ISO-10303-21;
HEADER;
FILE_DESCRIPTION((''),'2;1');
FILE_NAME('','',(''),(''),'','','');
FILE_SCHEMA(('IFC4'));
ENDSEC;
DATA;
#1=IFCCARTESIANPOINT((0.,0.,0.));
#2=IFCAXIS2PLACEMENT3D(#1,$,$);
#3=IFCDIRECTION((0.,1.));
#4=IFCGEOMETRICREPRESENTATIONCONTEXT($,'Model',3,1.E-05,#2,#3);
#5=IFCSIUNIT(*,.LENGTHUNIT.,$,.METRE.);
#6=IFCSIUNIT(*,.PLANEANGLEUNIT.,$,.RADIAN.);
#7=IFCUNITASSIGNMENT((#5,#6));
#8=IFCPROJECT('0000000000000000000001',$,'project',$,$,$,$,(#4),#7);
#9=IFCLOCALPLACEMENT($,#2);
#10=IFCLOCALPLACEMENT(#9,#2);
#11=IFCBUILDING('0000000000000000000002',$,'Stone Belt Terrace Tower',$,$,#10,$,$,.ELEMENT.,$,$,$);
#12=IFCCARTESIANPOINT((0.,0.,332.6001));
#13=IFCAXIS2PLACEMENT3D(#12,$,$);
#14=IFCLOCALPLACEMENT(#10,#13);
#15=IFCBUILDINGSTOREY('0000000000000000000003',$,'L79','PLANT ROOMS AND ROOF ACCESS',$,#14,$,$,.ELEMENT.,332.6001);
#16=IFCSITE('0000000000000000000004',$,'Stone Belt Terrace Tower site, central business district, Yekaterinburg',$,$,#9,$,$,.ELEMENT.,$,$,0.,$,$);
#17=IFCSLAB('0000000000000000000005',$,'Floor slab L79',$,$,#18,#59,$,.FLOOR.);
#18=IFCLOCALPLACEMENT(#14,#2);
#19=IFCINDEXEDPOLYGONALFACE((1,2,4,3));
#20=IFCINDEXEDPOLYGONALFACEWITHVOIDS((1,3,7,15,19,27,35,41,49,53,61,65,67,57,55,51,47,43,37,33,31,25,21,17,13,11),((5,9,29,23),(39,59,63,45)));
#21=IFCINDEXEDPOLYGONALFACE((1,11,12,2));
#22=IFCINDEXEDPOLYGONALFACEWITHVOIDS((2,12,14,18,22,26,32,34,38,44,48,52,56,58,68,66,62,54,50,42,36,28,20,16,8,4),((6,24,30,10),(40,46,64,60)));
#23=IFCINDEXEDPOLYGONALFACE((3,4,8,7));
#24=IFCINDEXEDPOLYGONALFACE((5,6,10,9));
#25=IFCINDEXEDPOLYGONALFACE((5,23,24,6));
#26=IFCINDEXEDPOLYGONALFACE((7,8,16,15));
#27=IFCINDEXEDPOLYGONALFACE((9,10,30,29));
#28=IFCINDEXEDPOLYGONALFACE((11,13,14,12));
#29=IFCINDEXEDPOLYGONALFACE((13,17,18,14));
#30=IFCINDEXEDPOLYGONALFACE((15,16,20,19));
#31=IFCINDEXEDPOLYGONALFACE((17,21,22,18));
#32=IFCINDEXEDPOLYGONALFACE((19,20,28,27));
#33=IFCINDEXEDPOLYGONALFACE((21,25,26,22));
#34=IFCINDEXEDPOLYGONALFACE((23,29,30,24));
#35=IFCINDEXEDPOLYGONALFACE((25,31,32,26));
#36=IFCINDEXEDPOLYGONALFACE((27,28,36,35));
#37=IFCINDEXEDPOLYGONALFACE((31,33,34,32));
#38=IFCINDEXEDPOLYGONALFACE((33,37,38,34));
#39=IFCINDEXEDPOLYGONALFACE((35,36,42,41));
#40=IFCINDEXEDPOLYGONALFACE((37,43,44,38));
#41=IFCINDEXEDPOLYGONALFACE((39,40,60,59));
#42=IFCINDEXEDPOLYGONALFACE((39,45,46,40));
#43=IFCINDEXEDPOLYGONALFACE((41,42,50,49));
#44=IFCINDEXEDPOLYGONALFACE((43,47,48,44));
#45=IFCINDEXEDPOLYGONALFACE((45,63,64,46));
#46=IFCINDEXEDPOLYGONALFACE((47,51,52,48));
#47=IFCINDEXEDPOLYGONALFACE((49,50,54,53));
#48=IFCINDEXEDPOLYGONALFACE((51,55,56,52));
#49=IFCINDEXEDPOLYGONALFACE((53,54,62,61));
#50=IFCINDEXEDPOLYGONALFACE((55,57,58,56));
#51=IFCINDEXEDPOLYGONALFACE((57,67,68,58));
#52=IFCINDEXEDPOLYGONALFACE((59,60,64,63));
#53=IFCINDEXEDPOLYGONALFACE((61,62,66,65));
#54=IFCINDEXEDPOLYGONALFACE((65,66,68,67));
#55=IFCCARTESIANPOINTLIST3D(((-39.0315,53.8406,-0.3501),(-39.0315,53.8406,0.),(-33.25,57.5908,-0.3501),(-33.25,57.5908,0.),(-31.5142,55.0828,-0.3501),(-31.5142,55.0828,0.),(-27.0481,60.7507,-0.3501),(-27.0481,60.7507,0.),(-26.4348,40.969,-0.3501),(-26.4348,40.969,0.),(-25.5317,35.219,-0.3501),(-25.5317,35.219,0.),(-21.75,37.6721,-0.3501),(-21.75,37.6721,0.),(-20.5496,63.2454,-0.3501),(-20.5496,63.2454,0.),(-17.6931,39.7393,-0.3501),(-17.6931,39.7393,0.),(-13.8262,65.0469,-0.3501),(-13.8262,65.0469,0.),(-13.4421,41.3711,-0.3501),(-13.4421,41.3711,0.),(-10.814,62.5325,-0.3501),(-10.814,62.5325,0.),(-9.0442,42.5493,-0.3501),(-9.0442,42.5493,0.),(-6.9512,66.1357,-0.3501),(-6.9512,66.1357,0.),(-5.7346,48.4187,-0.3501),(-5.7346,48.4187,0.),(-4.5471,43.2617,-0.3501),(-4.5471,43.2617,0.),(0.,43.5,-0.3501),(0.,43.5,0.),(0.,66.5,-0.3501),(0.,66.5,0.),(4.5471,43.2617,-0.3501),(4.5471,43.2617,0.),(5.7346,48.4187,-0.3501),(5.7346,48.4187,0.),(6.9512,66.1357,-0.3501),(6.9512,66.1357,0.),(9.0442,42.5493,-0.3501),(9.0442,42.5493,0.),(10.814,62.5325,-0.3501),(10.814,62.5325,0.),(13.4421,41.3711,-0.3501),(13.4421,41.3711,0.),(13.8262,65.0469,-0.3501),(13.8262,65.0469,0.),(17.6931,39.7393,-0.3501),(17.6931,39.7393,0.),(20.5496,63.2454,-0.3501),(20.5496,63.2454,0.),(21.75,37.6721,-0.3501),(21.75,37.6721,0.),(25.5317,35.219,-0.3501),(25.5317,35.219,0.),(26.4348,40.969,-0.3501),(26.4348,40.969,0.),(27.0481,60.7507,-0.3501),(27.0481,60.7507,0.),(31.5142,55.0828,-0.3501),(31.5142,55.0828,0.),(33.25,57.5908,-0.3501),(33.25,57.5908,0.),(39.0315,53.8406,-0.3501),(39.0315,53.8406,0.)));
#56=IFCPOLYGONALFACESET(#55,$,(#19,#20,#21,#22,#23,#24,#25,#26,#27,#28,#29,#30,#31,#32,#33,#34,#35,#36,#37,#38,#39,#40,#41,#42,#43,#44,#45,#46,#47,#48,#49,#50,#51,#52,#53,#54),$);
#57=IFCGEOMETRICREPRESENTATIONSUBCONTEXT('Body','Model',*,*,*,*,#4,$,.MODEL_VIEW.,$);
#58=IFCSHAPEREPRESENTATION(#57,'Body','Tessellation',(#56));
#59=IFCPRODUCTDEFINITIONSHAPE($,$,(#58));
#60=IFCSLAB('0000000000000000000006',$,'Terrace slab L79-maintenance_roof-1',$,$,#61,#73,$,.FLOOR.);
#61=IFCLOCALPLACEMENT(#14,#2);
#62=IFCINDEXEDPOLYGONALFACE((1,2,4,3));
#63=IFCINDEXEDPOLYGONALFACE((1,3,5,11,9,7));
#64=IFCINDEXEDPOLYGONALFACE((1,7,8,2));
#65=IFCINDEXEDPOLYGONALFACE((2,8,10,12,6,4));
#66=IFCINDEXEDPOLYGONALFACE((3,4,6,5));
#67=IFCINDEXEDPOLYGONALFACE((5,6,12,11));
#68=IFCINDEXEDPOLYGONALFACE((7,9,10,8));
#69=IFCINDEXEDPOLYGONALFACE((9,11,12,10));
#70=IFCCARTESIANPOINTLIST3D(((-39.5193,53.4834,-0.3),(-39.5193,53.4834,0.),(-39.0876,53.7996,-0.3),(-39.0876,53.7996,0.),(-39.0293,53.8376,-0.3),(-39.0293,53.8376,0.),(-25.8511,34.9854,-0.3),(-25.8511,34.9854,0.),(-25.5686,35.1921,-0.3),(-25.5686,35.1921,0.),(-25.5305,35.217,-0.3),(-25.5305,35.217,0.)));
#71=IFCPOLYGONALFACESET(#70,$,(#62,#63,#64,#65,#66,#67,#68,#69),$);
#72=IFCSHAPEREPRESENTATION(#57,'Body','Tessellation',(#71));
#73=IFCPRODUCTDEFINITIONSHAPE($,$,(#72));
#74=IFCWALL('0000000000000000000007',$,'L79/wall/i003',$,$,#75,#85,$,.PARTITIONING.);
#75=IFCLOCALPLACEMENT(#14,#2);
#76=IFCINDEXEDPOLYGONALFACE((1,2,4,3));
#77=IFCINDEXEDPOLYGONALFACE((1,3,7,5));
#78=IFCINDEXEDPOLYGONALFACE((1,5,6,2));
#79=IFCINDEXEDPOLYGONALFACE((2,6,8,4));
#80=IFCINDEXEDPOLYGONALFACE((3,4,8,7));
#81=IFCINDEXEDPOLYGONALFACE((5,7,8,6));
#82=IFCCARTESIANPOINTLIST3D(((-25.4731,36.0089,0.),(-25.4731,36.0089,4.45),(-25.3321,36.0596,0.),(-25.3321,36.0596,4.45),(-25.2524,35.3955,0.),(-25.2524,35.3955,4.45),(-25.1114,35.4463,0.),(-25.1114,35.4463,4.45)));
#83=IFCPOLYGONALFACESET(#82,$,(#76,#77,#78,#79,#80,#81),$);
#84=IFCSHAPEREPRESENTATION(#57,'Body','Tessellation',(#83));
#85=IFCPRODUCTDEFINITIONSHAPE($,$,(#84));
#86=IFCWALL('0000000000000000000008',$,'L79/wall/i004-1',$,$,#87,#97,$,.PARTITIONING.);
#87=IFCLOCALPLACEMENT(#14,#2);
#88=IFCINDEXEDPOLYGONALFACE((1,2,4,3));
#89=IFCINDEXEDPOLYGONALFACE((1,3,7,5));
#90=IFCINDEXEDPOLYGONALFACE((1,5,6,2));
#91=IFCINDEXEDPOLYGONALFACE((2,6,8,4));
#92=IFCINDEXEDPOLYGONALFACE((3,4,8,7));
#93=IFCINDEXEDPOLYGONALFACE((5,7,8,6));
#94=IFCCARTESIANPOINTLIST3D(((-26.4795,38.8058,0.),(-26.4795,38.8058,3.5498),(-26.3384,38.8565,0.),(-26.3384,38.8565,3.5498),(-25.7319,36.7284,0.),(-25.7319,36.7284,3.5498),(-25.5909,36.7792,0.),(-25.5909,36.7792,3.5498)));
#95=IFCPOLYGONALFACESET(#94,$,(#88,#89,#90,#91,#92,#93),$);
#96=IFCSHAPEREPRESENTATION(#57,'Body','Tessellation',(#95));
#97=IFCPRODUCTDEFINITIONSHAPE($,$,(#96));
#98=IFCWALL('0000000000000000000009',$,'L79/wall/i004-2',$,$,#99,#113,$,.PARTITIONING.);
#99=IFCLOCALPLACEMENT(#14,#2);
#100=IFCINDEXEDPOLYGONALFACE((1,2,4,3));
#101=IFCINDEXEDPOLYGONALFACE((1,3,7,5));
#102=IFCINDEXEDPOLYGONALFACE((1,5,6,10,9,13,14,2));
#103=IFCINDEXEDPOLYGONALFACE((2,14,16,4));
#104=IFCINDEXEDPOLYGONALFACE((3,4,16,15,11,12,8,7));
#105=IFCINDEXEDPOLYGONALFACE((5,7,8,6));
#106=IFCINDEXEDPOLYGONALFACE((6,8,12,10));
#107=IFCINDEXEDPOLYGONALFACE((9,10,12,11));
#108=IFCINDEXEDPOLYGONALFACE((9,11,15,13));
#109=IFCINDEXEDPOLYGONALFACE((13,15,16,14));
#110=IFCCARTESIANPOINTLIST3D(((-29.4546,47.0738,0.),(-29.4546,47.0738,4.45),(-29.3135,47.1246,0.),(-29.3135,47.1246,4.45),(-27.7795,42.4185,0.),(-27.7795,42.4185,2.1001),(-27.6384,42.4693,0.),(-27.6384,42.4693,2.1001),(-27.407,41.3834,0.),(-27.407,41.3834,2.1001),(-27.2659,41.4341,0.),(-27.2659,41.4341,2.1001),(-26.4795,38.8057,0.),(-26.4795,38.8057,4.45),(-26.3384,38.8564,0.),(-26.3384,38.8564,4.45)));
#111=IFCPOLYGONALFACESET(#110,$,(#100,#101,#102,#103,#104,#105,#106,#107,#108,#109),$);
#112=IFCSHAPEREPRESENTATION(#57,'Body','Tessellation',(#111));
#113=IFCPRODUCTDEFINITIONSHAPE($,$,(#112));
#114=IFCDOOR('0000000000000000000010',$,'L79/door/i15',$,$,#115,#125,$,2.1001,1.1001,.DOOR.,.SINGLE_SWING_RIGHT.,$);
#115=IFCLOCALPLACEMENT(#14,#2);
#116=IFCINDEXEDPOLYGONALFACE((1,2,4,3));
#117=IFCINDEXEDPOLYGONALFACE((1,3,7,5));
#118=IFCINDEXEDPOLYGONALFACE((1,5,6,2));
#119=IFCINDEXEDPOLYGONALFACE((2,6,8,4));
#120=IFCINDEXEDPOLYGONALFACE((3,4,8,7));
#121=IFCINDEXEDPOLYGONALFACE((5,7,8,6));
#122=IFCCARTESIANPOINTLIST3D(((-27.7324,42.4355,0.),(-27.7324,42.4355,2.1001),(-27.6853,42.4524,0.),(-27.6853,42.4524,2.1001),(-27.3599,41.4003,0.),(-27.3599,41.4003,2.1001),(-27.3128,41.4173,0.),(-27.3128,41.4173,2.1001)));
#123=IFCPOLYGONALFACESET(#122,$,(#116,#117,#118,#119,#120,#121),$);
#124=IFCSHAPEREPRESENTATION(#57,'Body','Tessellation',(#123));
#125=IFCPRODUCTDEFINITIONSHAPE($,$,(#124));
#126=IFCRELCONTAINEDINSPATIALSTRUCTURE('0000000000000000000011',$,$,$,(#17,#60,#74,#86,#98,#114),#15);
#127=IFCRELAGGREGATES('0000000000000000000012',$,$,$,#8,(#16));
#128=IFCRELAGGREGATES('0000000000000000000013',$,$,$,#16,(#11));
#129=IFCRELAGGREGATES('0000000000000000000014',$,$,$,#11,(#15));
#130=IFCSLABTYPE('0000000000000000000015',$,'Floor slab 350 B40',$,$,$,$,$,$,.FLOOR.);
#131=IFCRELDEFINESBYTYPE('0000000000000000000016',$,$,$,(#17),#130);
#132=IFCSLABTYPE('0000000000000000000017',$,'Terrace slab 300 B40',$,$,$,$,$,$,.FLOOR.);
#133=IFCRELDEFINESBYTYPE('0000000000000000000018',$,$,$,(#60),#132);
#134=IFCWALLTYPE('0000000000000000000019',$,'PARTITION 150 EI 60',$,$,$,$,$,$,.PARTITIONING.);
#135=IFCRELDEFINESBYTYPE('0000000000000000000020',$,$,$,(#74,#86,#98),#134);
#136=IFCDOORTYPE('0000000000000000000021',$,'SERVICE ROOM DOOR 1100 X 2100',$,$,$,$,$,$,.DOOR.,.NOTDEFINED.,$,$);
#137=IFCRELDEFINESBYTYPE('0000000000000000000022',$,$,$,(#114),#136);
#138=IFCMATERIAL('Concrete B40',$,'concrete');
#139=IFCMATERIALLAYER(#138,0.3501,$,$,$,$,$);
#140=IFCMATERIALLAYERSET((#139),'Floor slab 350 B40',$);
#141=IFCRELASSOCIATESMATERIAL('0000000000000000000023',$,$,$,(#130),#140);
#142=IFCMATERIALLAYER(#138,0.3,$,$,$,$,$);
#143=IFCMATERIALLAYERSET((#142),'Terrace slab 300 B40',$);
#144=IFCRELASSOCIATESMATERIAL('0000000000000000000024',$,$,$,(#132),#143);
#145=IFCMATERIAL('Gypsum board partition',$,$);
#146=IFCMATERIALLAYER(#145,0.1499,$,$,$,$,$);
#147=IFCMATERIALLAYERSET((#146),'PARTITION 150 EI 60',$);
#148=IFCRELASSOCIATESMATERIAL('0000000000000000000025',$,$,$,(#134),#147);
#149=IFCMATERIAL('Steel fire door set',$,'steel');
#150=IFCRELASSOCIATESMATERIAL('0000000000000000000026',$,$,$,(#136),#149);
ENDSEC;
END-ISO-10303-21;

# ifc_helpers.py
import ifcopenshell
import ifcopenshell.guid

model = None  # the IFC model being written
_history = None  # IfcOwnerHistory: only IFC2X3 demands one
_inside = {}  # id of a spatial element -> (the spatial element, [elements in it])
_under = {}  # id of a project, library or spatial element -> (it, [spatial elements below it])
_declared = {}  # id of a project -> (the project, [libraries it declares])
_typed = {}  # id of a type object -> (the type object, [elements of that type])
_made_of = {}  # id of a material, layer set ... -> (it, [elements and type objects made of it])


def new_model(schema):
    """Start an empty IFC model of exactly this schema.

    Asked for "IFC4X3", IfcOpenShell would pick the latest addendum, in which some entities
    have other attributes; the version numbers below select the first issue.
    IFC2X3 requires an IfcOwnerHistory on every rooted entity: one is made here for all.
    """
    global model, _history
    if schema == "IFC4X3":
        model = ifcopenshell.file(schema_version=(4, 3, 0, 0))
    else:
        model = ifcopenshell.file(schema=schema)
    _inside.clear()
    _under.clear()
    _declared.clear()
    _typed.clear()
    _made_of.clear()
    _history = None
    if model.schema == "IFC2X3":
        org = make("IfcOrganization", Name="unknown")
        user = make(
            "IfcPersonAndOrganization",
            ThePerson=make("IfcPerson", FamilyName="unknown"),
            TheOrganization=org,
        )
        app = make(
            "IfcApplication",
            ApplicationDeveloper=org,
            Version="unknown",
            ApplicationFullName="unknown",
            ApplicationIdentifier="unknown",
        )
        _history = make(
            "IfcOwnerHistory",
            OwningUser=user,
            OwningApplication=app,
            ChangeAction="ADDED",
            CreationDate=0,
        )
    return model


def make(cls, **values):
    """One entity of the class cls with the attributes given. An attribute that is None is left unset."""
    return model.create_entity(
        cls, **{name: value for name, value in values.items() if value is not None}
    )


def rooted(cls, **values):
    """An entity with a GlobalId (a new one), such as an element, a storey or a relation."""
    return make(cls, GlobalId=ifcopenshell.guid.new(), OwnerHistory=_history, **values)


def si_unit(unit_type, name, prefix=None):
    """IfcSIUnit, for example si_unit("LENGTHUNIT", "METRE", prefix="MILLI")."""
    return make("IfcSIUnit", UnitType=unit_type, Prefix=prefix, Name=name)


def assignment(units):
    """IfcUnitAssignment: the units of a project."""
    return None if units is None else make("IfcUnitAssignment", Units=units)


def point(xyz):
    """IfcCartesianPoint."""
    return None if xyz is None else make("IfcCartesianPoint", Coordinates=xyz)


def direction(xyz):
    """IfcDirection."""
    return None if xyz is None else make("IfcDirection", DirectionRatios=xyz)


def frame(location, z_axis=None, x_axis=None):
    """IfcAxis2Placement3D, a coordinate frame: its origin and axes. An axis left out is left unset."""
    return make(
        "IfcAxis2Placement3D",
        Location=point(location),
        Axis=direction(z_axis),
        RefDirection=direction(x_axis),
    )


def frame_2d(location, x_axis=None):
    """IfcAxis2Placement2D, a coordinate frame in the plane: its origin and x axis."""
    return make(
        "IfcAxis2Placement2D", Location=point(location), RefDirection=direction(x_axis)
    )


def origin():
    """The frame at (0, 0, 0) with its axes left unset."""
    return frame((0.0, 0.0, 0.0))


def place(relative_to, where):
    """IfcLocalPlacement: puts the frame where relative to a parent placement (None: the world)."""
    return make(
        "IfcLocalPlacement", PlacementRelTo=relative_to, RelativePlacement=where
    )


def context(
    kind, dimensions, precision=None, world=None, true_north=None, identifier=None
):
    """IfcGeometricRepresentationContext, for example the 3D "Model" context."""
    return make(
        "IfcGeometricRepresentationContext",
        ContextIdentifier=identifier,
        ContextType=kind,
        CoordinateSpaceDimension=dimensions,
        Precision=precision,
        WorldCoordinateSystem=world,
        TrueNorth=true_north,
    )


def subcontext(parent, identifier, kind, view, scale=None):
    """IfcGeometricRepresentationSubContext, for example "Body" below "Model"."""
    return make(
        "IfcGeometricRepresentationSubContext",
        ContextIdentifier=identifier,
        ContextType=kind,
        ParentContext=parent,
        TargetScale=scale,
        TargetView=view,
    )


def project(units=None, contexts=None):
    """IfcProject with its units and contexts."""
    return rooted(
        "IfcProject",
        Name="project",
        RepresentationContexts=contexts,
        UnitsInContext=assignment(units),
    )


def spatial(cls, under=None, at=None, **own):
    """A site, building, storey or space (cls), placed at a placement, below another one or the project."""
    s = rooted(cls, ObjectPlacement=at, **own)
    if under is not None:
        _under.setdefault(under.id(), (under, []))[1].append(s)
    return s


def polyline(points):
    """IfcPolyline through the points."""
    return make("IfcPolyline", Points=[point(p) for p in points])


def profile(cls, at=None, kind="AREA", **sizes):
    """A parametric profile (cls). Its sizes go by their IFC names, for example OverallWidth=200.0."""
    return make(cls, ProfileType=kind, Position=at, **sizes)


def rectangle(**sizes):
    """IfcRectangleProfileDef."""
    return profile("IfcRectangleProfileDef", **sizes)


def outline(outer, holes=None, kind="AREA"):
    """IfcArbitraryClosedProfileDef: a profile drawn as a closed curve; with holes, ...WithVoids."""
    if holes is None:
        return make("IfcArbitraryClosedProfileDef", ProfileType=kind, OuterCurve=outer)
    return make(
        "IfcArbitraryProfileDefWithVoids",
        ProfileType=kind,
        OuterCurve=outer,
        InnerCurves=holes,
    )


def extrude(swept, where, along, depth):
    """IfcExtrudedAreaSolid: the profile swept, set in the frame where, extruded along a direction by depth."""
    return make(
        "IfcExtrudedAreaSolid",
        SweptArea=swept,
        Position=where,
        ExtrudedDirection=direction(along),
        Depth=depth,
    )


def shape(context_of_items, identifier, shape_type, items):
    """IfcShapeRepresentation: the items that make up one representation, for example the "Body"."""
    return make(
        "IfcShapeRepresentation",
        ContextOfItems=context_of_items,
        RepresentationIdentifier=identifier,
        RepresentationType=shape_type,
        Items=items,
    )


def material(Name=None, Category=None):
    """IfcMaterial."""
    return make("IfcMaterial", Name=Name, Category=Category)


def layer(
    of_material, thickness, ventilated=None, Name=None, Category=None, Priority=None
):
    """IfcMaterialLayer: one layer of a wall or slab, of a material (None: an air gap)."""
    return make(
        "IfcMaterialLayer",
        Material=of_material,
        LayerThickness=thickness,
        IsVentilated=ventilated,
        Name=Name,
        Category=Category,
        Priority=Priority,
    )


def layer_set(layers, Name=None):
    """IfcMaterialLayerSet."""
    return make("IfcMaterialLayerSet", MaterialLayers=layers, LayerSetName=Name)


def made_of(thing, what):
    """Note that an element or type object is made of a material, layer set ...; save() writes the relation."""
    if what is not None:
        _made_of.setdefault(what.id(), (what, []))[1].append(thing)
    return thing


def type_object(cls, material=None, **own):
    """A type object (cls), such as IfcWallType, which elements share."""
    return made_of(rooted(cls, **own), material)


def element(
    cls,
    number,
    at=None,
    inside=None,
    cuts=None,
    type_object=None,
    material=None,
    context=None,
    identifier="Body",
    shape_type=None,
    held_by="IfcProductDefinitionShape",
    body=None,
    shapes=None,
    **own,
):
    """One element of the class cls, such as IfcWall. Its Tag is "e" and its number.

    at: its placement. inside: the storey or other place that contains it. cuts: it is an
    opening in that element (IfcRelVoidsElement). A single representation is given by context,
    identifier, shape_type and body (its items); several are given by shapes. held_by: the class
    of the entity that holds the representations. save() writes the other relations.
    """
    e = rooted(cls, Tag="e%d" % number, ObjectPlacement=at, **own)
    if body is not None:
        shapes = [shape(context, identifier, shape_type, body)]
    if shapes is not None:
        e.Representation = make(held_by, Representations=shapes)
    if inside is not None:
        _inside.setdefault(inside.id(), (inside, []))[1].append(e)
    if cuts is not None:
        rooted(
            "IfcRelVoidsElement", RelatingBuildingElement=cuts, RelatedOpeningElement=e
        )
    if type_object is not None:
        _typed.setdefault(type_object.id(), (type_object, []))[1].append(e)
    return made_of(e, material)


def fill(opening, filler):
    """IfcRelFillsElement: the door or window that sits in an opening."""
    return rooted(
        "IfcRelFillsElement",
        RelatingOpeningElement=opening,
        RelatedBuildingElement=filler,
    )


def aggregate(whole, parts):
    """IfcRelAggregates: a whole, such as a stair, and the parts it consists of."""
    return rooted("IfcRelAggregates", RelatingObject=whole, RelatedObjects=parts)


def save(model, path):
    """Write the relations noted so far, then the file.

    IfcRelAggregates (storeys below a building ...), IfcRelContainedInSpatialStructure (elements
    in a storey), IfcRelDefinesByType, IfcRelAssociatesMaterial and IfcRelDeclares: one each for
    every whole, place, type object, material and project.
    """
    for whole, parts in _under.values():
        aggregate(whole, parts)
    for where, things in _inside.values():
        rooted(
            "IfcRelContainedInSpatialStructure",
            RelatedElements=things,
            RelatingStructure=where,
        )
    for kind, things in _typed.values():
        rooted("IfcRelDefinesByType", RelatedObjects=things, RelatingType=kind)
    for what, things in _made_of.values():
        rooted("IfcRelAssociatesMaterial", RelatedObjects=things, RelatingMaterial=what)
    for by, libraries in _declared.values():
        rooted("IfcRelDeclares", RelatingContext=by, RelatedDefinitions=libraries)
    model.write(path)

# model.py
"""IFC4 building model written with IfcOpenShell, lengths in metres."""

from ifc_helpers import new_model, si_unit, direction, frame, frame_2d, origin, place, context, subcontext, project, spatial, polyline, rectangle, outline, extrude, material, layer, layer_set, type_object, element, fill, save


model = new_model("IFC4")

# Units and contexts
model_context = context("Model", 3, precision=1e-05, world=origin(), true_north=direction((0.0, 1.0)))
body_context = subcontext(model_context, "Body", "Model", "MODEL_VIEW")
ifc_project = project(units=[si_unit("LENGTHUNIT", "METRE"), si_unit("PLANEANGLEUNIT", "RADIAN")], contexts=[model_context])

# Site, building, storey
site_placement = place(None, origin())
site = spatial("IfcSite", under=ifc_project, at=site_placement, Name="Stone Belt Terrace Tower site, central business district, Yekaterinburg", CompositionType="ELEMENT", RefElevation=0.0)
building_placement = place(site_placement, origin())
building = spatial("IfcBuilding", under=site, at=building_placement, Name="Stone Belt Terrace Tower", CompositionType="ELEMENT")
storey_placement = place(building_placement, frame((0.0, 0.0, 332.6001)))
storey = spatial("IfcBuildingStorey", under=building, at=storey_placement, Name="L79", Description="PLANT ROOMS AND ROOF ACCESS", CompositionType="ELEMENT", Elevation=332.6001)

# Slabs
ifc_material_1 = material(Name="Concrete B40", Category="concrete")
ifc_layer_1 = layer(ifc_material_1, 0.3501)
ifc_layer_set_1 = layer_set([ifc_layer_1], Name="Floor slab 350 B40")
slab_type_1 = type_object("IfcSlabType", Name="Floor slab 350 B40", PredefinedType="FLOOR", material=ifc_layer_set_1)
slab_1_placement = place(storey_placement, frame((0.0, 0.0, -0.3501)))
element("IfcSlab", 1, at=slab_1_placement, inside=storey, type_object=slab_type_1, Name="Floor slab L79", PredefinedType="FLOOR", context=body_context, shape_type="SweptSolid", body=[
    extrude(outline(polyline([(-33.25, 57.5908), (-27.0481, 60.7507), (-20.5496, 63.2454), (-13.8262, 65.0469), (-6.9512, 66.1357), (0.0, 66.5), (6.9512, 66.1357), (13.8262, 65.0469), (20.5496, 63.2454), (27.0481, 60.7507), (33.25, 57.5908), (39.0315, 53.8406), (25.5317, 35.219), (21.75, 37.6721), (17.6931, 39.7393), (13.4421, 41.3711), (9.0442, 42.5493), (4.5471, 43.2617), (0.0, 43.5), (-4.5471, 43.2617), (-9.0442, 42.5493), (-13.4421, 41.3711), (-17.6931, 39.7393), (-21.75, 37.6721), (-25.5317, 35.219), (-39.0315, 53.8406), (-33.25, 57.5908)]), holes=[polyline([(-10.814, 62.5325), (-31.5142, 55.0828), (-26.4348, 40.969), (-5.7346, 48.4187), (-10.814, 62.5325)]), polyline([(26.4348, 40.969), (31.5142, 55.0828), (10.814, 62.5325), (5.7346, 48.4187), (26.4348, 40.969)])]), origin(), (0.0, 0.0, 1.0), 0.3501),
])
ifc_layer_2 = layer(ifc_material_1, 0.3)
ifc_layer_set_2 = layer_set([ifc_layer_2], Name="Terrace slab 300 B40")
slab_type_2 = type_object("IfcSlabType", Name="Terrace slab 300 B40", PredefinedType="FLOOR", material=ifc_layer_set_2)
slab_2_placement = place(storey_placement, frame((0.0, 0.0, -0.3)))
element("IfcSlab", 2, at=slab_2_placement, inside=storey, type_object=slab_type_2, Name="Terrace slab L79-maintenance_roof-1", PredefinedType="FLOOR", context=body_context, shape_type="SweptSolid", body=[
    extrude(outline(polyline([(-25.8511, 34.9854), (-25.5686, 35.1921), (-25.5305, 35.217), (-39.0293, 53.8376), (-39.0876, 53.7996), (-39.5193, 53.4834), (-25.8511, 34.9854)])), origin(), (0.0, 0.0, 1.0), 0.3),
])

# Walls
ifc_material_2 = material(Name="Gypsum board partition")
ifc_layer_3 = layer(ifc_material_2, 0.1499)
ifc_layer_set_3 = layer_set([ifc_layer_3], Name="PARTITION 150 EI 60")
wall_type = type_object("IfcWallType", Name="PARTITION 150 EI 60", PredefinedType="PARTITIONING", material=ifc_layer_set_3)
wall_1_placement = place(storey_placement, frame((-25.1819, 35.4209, 0.0), z_axis=(0.0, 0.0, 1.0), x_axis=(-0.338613, 0.940926, 0.0)))
element("IfcWall", 3, at=wall_1_placement, inside=storey, type_object=wall_type, Name="L79/wall/i003", PredefinedType="PARTITIONING", context=body_context, shape_type="SweptSolid", body=[
    extrude(rectangle(XDim=0.6519, YDim=0.1499, at=frame_2d((0.3259, 0.0))), origin(), (0.0, 0.0, 1.0), 4.45),
])
wall_2_placement = place(storey_placement, frame((-25.6614, 36.7537, 0.0), z_axis=(0.0, 0.0, 1.0), x_axis=(-0.338598, 0.940931, 0.0)))
element("IfcWall", 4, at=wall_2_placement, inside=storey, type_object=wall_type, Name="L79/wall/i004-1", PredefinedType="PARTITIONING", context=body_context, shape_type="SweptSolid", body=[
    extrude(rectangle(XDim=2.2078, YDim=0.1499, at=frame_2d((1.104, 0.0))), origin(), (0.0, 0.0, 1.0), 3.5498),
])

# Wall, opening, door
wall_3_placement = place(storey_placement, frame((-26.4089, 38.8311, 0.0), z_axis=(0.0, 0.0, 1.0), x_axis=(-0.338578, 0.940938, 0.0)))
wall_3 = element("IfcWall", 5, at=wall_3_placement, inside=storey, type_object=wall_type, Name="L79/wall/i004-2", PredefinedType="PARTITIONING", context=body_context, shape_type="SweptSolid", body=[
    extrude(rectangle(XDim=8.7871, YDim=0.1499, at=frame_2d((4.3936, 0.0))), origin(), (0.0, 0.0, 1.0), 4.45),
])
opening_placement = place(wall_3_placement, frame((2.7395, 0.0, 0.0)))
opening = element("IfcOpeningElement", 6, at=opening_placement, cuts=wall_3, PredefinedType="OPENING", context=body_context, shape_type="SweptSolid", body=[
    extrude(rectangle(XDim=1.1001, YDim=2.1001, at=frame_2d((0.55, 1.05))), frame((0.0, 0.085, 0.0), z_axis=(0.0, -1.0, 0.0), x_axis=(1.0, 0.0, 0.0)), (0.0, 0.0, 1.0), 0.1699),
])
ifc_material_3 = material(Name="Steel fire door set", Category="steel")
door_type = type_object("IfcDoorType", Name="SERVICE ROOM DOOR 1100 X 2100", OperationType="NOTDEFINED", PredefinedType="DOOR", material=ifc_material_3)
door_placement = place(opening_placement, origin())
door = element("IfcDoor", 7, at=door_placement, inside=storey, type_object=door_type, Name="L79/door/i15", OperationType="SINGLE_SWING_RIGHT", OverallHeight=2.1001, OverallWidth=1.1001, PredefinedType="DOOR", context=body_context, shape_type="SweptSolid", body=[
    extrude(rectangle(XDim=1.1001, YDim=2.1001, at=frame_2d((0.55, 1.05))), frame((0.0, 0.0249, 0.0), z_axis=(0.0, -1.0, 0.0), x_axis=(1.0, 0.0, 0.0)), (0.0, 0.0, 1.0), 0.05),
])
fill(opening, door)

save(model, "model.ifc")
